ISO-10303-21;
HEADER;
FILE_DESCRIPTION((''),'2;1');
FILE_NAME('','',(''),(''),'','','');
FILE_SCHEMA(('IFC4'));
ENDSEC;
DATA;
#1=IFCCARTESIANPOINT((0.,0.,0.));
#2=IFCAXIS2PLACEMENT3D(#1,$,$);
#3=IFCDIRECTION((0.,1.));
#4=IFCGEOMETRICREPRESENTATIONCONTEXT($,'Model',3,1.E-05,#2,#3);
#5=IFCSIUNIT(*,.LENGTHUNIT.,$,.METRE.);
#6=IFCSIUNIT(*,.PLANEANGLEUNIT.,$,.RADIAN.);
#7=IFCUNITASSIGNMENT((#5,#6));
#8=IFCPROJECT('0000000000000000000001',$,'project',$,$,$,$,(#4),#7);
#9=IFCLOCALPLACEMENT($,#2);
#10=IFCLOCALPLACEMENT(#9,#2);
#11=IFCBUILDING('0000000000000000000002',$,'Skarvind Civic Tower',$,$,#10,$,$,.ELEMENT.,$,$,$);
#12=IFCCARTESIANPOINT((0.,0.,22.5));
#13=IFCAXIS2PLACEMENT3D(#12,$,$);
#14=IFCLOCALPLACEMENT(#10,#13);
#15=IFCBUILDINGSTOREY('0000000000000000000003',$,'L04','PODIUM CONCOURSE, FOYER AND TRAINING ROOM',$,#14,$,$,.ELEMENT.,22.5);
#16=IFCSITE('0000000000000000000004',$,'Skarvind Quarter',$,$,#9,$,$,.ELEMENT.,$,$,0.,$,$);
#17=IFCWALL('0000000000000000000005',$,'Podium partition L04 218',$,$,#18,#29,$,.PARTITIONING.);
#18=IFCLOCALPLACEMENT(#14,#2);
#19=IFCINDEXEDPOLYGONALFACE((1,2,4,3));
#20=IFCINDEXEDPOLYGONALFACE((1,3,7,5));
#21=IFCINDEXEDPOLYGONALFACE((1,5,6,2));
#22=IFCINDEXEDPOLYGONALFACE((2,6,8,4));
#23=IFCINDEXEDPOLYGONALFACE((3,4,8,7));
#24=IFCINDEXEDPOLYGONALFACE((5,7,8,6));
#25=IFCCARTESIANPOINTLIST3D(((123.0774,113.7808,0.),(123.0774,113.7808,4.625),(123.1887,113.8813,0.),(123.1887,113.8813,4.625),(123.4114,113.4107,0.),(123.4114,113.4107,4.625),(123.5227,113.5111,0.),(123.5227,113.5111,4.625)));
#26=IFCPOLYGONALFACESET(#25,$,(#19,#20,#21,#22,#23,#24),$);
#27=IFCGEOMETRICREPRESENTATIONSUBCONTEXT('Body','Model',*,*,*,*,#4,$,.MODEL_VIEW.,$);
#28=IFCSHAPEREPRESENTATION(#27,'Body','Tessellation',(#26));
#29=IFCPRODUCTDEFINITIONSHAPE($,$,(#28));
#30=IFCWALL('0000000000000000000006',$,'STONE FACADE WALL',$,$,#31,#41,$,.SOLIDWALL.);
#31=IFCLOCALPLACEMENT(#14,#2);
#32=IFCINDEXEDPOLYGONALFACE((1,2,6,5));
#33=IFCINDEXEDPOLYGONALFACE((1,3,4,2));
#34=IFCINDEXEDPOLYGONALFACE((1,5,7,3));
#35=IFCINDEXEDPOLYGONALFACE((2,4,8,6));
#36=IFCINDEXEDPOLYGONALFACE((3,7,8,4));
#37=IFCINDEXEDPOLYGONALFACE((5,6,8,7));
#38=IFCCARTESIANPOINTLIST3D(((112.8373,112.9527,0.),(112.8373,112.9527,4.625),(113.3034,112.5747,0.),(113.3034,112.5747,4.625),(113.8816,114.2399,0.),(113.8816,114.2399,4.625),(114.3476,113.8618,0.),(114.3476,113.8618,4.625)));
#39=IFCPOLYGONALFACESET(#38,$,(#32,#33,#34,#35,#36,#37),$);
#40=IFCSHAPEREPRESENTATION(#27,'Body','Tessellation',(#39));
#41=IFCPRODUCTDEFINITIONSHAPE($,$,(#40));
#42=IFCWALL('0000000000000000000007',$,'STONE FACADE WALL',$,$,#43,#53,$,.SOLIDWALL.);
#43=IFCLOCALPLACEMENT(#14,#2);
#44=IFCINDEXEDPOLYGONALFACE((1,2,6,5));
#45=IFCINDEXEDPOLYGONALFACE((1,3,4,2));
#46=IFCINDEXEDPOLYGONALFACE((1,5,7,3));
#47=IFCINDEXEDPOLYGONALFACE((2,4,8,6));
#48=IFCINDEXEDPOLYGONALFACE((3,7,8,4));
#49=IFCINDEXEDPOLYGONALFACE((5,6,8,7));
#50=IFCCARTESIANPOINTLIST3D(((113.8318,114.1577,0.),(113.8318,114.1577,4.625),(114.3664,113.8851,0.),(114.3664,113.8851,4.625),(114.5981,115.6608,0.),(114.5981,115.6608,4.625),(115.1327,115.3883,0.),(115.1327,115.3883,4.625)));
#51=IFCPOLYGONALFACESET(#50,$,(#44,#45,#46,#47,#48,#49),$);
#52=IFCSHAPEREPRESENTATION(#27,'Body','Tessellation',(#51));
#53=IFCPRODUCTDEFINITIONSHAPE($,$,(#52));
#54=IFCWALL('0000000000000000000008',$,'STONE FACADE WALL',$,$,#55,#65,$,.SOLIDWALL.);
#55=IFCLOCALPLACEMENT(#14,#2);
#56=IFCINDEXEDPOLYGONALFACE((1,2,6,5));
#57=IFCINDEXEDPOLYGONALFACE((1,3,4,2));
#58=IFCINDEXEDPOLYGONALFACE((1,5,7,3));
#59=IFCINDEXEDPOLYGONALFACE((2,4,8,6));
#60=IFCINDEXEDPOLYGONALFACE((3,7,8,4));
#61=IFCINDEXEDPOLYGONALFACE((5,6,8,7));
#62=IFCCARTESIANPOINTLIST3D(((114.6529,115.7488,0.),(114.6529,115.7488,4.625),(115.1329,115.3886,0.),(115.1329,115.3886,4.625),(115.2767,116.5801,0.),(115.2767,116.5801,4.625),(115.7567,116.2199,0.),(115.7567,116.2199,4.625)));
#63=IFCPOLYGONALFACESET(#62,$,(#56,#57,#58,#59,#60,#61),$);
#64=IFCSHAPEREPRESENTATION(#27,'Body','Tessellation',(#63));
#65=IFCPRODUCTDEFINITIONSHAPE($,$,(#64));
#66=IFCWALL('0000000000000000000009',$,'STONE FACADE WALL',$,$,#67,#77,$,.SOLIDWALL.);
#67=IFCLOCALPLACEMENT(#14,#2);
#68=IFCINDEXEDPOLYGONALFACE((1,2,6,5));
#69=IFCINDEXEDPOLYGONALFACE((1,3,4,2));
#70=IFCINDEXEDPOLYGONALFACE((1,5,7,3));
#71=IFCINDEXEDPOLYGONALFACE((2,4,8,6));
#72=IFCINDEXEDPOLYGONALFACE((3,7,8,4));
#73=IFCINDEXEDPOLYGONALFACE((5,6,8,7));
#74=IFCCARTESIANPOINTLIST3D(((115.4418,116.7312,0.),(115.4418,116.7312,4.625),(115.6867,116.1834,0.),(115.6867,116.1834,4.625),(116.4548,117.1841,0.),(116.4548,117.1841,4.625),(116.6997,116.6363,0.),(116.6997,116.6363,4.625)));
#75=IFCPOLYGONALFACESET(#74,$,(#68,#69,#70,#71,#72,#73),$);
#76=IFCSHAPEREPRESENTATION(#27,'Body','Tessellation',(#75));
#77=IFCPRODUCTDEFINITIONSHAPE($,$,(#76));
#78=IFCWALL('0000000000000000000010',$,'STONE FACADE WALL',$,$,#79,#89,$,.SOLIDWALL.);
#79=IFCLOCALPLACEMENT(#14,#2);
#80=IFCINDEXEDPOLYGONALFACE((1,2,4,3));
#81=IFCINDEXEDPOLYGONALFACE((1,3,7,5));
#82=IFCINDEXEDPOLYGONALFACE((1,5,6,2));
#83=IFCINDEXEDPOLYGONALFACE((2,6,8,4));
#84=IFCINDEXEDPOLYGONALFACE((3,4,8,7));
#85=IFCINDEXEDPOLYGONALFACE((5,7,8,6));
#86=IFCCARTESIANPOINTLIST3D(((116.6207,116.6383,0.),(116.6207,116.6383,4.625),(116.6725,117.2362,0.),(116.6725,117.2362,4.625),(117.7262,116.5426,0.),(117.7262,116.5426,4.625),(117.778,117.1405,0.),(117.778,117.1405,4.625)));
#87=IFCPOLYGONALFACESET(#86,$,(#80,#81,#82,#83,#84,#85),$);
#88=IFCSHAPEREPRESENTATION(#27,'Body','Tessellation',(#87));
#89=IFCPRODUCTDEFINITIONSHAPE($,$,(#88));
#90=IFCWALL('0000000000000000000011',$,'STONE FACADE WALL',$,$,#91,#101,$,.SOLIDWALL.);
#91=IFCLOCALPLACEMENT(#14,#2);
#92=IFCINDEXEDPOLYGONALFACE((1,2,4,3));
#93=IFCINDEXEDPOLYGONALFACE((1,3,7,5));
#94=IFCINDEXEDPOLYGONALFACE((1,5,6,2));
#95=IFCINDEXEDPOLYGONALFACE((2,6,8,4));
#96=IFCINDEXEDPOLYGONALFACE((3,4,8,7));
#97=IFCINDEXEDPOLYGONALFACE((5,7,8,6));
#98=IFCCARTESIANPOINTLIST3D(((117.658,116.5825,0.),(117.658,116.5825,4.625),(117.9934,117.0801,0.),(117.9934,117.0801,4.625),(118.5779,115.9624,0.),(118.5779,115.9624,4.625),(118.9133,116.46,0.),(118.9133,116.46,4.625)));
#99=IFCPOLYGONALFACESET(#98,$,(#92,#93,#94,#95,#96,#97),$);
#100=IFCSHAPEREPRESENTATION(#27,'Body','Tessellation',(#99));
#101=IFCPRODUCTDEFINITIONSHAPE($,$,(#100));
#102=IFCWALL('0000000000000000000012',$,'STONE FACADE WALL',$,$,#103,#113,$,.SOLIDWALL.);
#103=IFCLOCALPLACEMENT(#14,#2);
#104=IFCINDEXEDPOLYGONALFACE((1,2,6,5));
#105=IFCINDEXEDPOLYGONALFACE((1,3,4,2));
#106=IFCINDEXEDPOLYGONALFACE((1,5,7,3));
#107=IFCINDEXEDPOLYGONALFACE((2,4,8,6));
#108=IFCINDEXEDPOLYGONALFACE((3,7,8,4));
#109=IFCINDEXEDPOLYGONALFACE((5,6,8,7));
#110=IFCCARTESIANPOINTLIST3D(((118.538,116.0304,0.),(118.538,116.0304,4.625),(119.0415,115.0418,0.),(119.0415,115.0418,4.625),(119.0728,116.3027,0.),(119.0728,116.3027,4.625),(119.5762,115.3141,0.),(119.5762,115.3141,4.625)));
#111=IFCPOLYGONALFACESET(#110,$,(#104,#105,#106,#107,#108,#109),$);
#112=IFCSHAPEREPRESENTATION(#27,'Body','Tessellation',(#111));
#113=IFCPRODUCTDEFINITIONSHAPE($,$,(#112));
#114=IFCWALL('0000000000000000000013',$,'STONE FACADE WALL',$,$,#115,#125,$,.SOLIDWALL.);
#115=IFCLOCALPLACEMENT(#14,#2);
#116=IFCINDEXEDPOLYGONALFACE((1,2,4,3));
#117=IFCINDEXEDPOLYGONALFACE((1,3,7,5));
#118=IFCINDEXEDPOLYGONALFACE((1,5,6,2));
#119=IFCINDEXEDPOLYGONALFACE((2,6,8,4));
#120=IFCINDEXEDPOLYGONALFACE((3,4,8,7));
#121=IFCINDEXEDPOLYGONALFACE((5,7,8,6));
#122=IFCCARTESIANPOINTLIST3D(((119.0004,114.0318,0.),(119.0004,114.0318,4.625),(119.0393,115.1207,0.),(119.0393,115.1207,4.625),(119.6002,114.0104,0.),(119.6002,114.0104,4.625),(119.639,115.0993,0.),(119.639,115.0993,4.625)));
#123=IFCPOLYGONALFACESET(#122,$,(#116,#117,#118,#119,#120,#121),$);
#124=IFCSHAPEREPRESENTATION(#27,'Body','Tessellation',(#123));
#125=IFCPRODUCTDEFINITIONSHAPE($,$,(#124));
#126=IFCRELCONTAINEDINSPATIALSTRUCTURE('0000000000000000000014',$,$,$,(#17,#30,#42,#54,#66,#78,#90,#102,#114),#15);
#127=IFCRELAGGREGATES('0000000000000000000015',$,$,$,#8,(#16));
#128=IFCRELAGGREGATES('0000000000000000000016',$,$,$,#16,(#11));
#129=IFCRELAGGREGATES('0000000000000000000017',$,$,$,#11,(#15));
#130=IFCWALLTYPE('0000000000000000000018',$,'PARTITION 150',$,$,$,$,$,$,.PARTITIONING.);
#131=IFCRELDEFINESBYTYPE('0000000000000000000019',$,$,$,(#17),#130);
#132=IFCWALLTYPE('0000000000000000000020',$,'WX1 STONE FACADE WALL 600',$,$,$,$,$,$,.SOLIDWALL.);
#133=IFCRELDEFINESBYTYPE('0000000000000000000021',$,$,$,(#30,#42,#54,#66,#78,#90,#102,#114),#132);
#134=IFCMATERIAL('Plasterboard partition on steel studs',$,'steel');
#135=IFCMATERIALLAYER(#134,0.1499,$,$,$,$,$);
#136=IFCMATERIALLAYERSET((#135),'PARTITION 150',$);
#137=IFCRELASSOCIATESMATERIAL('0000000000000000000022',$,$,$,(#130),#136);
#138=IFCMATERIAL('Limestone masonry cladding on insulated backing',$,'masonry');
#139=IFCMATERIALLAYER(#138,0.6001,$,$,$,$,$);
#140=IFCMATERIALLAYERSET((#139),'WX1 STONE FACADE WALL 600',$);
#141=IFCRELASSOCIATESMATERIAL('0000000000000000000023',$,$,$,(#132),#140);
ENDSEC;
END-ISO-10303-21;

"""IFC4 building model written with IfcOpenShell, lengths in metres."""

from ifc_helpers import new_model, si_unit, direction, frame, frame_2d, origin, place, context, subcontext, project, spatial, rectangle, extrude, material, layer, layer_set, type_object, element, save


model = new_model("IFC4")

# Units and contexts
model_context = context("Model", 3, precision=1e-05, world=origin(), true_north=direction((0.0, 1.0)))
body_context = subcontext(model_context, "Body", "Model", "MODEL_VIEW")
ifc_project = project(units=[si_unit("LENGTHUNIT", "METRE"), si_unit("PLANEANGLEUNIT", "RADIAN")], contexts=[model_context])

# Site, building, storey
site_placement = place(None, origin())
site = spatial("IfcSite", under=ifc_project, at=site_placement, Name="Skarvind Quarter", CompositionType="ELEMENT", RefElevation=0.0)
building_placement = place(site_placement, origin())
building = spatial("IfcBuilding", under=site, at=building_placement, Name="Skarvind Civic Tower", CompositionType="ELEMENT")
storey_placement = place(building_placement, frame((0.0, 0.0, 22.5)))
storey = spatial("IfcBuildingStorey", under=building, at=storey_placement, Name="L04", Description="PODIUM CONCOURSE, FOYER AND TRAINING ROOM", CompositionType="ELEMENT", Elevation=22.5)

# Shared definitions
ifc_material_1 = material(Name="Plasterboard partition on steel studs", Category="steel")
ifc_layer_1 = layer(ifc_material_1, 0.1499)
ifc_layer_set_1 = layer_set([ifc_layer_1], Name="PARTITION 150")
wall_type_1 = type_object("IfcWallType", Name="PARTITION 150", PredefinedType="PARTITIONING", material=ifc_layer_set_1)

# Walls
wall_1_placement = place(storey_placement, frame((123.1331, 113.8311, 0.0), z_axis=(0.0, 0.0, 1.0), x_axis=(0.669938, -0.742417, 0.0)))
element("IfcWall", 1, at=wall_1_placement, inside=storey, type_object=wall_type_1, Name="Podium partition L04 218", PredefinedType="PARTITIONING", context=body_context, shape_type="SweptSolid", body=[
    extrude(rectangle(XDim=0.4985, YDim=0.1499, at=frame_2d((0.2493, 0.0))), origin(), (0.0, 0.0, 1.0), 4.625),
])
ifc_material_2 = material(Name="Limestone masonry cladding on insulated backing", Category="masonry")
ifc_layer_2 = layer(ifc_material_2, 0.6001)
ifc_layer_set_2 = layer_set([ifc_layer_2], Name="WX1 STONE FACADE WALL 600")
wall_type_2 = type_object("IfcWallType", Name="WX1 STONE FACADE WALL 600", PredefinedType="SOLIDWALL", material=ifc_layer_set_2)
wall_2_placement = place(storey_placement, frame((114.1145, 114.0508, 0.0), z_axis=(0.0, 0.0, 1.0), x_axis=(-0.630016, -0.776582, 0.0)))
element("IfcWall", 2, at=wall_2_placement, inside=storey, type_object=wall_type_2, Name="STONE FACADE WALL", PredefinedType="SOLIDWALL", context=body_context, shape_type="SweptSolid", body=[
    extrude(rectangle(XDim=1.6575, YDim=0.6001, at=frame_2d((0.8286, 0.0))), origin(), (0.0, 0.0, 1.0), 4.625),
])
wall_3_placement = place(storey_placement, frame((114.8655, 115.5247, 0.0), z_axis=(0.0, 0.0, 1.0), x_axis=(-0.454203, -0.890898, 0.0)))
element("IfcWall", 3, at=wall_3_placement, inside=storey, type_object=wall_type_2, Name="STONE FACADE WALL", PredefinedType="SOLIDWALL", context=body_context, shape_type="SweptSolid", body=[
    extrude(rectangle(XDim=1.6873, YDim=0.6001, at=frame_2d((0.8438, 0.0))), origin(), (0.0, 0.0, 1.0), 4.625),
])
wall_4_placement = place(storey_placement, frame((115.5166, 116.3999, 0.0), z_axis=(0.0, 0.0, 1.0), x_axis=(-0.600188, -0.799859, 0.0)))
element("IfcWall", 4, at=wall_4_placement, inside=storey, type_object=wall_type_2, Name="STONE FACADE WALL", PredefinedType="SOLIDWALL", context=body_context, shape_type="SweptSolid", body=[
    extrude(rectangle(XDim=1.0393, YDim=0.6001, at=frame_2d((0.5195, 0.0))), origin(), (0.0, 0.0, 1.0), 4.625),
])
for number, where, z_axis, x_axis, name in (
    (5, (116.5771, 116.9102, 0.0), (0.0, 0.0, 1.0), (-0.912911, -0.408159, 0.0), "STONE FACADE WALL"),
    (6, (117.752, 116.8416, 0.0), (0.0, 0.0, 1.0), (-0.996274, 0.08625, 0.0), "STONE FACADE WALL"),
):
    element("IfcWall", number, at=place(storey_placement, frame(where, z_axis=z_axis, x_axis=x_axis)), inside=storey, type_object=wall_type_2, Name=name, PredefinedType="SOLIDWALL", context=body_context, shape_type="SweptSolid", body=[
        extrude(rectangle(XDim=1.1096, YDim=0.6001, at=frame_2d((0.5547, 0.0))), origin(), (0.0, 0.0, 1.0), 4.625),
    ])
for number, where, z_axis, x_axis, name in (
    (7, (118.7456, 116.2112, 0.0), (0.0, 0.0, 1.0), (-0.829195, 0.558959, 0.0), "STONE FACADE WALL"),
    (8, (119.3088, 115.178, 0.0), (0.0, 0.0, 1.0), (-0.453804, 0.891102, 0.0), "STONE FACADE WALL"),
):
    element("IfcWall", number, at=place(storey_placement, frame(where, z_axis=z_axis, x_axis=x_axis)), inside=storey, type_object=wall_type_2, Name=name, PredefinedType="SOLIDWALL", context=body_context, shape_type="SweptSolid", body=[
        extrude(rectangle(XDim=1.1094, YDim=0.6001, at=frame_2d((0.5547, 0.0))), origin(), (0.0, 0.0, 1.0), 4.625),
    ])
wall_5_placement = place(storey_placement, frame((119.3003, 114.021, 0.0), z_axis=(0.0, 0.0, 1.0), x_axis=(0.035628, 0.999365, 0.0)))
element("IfcWall", 9, at=wall_5_placement, inside=storey, type_object=wall_type_2, Name="STONE FACADE WALL", PredefinedType="SOLIDWALL", context=body_context, shape_type="SweptSolid", body=[
    extrude(rectangle(XDim=1.0896, YDim=0.6001, at=frame_2d((0.5449, 0.0))), origin(), (0.0, 0.0, 1.0), 4.625),
])

save(model, "model.ifc")
